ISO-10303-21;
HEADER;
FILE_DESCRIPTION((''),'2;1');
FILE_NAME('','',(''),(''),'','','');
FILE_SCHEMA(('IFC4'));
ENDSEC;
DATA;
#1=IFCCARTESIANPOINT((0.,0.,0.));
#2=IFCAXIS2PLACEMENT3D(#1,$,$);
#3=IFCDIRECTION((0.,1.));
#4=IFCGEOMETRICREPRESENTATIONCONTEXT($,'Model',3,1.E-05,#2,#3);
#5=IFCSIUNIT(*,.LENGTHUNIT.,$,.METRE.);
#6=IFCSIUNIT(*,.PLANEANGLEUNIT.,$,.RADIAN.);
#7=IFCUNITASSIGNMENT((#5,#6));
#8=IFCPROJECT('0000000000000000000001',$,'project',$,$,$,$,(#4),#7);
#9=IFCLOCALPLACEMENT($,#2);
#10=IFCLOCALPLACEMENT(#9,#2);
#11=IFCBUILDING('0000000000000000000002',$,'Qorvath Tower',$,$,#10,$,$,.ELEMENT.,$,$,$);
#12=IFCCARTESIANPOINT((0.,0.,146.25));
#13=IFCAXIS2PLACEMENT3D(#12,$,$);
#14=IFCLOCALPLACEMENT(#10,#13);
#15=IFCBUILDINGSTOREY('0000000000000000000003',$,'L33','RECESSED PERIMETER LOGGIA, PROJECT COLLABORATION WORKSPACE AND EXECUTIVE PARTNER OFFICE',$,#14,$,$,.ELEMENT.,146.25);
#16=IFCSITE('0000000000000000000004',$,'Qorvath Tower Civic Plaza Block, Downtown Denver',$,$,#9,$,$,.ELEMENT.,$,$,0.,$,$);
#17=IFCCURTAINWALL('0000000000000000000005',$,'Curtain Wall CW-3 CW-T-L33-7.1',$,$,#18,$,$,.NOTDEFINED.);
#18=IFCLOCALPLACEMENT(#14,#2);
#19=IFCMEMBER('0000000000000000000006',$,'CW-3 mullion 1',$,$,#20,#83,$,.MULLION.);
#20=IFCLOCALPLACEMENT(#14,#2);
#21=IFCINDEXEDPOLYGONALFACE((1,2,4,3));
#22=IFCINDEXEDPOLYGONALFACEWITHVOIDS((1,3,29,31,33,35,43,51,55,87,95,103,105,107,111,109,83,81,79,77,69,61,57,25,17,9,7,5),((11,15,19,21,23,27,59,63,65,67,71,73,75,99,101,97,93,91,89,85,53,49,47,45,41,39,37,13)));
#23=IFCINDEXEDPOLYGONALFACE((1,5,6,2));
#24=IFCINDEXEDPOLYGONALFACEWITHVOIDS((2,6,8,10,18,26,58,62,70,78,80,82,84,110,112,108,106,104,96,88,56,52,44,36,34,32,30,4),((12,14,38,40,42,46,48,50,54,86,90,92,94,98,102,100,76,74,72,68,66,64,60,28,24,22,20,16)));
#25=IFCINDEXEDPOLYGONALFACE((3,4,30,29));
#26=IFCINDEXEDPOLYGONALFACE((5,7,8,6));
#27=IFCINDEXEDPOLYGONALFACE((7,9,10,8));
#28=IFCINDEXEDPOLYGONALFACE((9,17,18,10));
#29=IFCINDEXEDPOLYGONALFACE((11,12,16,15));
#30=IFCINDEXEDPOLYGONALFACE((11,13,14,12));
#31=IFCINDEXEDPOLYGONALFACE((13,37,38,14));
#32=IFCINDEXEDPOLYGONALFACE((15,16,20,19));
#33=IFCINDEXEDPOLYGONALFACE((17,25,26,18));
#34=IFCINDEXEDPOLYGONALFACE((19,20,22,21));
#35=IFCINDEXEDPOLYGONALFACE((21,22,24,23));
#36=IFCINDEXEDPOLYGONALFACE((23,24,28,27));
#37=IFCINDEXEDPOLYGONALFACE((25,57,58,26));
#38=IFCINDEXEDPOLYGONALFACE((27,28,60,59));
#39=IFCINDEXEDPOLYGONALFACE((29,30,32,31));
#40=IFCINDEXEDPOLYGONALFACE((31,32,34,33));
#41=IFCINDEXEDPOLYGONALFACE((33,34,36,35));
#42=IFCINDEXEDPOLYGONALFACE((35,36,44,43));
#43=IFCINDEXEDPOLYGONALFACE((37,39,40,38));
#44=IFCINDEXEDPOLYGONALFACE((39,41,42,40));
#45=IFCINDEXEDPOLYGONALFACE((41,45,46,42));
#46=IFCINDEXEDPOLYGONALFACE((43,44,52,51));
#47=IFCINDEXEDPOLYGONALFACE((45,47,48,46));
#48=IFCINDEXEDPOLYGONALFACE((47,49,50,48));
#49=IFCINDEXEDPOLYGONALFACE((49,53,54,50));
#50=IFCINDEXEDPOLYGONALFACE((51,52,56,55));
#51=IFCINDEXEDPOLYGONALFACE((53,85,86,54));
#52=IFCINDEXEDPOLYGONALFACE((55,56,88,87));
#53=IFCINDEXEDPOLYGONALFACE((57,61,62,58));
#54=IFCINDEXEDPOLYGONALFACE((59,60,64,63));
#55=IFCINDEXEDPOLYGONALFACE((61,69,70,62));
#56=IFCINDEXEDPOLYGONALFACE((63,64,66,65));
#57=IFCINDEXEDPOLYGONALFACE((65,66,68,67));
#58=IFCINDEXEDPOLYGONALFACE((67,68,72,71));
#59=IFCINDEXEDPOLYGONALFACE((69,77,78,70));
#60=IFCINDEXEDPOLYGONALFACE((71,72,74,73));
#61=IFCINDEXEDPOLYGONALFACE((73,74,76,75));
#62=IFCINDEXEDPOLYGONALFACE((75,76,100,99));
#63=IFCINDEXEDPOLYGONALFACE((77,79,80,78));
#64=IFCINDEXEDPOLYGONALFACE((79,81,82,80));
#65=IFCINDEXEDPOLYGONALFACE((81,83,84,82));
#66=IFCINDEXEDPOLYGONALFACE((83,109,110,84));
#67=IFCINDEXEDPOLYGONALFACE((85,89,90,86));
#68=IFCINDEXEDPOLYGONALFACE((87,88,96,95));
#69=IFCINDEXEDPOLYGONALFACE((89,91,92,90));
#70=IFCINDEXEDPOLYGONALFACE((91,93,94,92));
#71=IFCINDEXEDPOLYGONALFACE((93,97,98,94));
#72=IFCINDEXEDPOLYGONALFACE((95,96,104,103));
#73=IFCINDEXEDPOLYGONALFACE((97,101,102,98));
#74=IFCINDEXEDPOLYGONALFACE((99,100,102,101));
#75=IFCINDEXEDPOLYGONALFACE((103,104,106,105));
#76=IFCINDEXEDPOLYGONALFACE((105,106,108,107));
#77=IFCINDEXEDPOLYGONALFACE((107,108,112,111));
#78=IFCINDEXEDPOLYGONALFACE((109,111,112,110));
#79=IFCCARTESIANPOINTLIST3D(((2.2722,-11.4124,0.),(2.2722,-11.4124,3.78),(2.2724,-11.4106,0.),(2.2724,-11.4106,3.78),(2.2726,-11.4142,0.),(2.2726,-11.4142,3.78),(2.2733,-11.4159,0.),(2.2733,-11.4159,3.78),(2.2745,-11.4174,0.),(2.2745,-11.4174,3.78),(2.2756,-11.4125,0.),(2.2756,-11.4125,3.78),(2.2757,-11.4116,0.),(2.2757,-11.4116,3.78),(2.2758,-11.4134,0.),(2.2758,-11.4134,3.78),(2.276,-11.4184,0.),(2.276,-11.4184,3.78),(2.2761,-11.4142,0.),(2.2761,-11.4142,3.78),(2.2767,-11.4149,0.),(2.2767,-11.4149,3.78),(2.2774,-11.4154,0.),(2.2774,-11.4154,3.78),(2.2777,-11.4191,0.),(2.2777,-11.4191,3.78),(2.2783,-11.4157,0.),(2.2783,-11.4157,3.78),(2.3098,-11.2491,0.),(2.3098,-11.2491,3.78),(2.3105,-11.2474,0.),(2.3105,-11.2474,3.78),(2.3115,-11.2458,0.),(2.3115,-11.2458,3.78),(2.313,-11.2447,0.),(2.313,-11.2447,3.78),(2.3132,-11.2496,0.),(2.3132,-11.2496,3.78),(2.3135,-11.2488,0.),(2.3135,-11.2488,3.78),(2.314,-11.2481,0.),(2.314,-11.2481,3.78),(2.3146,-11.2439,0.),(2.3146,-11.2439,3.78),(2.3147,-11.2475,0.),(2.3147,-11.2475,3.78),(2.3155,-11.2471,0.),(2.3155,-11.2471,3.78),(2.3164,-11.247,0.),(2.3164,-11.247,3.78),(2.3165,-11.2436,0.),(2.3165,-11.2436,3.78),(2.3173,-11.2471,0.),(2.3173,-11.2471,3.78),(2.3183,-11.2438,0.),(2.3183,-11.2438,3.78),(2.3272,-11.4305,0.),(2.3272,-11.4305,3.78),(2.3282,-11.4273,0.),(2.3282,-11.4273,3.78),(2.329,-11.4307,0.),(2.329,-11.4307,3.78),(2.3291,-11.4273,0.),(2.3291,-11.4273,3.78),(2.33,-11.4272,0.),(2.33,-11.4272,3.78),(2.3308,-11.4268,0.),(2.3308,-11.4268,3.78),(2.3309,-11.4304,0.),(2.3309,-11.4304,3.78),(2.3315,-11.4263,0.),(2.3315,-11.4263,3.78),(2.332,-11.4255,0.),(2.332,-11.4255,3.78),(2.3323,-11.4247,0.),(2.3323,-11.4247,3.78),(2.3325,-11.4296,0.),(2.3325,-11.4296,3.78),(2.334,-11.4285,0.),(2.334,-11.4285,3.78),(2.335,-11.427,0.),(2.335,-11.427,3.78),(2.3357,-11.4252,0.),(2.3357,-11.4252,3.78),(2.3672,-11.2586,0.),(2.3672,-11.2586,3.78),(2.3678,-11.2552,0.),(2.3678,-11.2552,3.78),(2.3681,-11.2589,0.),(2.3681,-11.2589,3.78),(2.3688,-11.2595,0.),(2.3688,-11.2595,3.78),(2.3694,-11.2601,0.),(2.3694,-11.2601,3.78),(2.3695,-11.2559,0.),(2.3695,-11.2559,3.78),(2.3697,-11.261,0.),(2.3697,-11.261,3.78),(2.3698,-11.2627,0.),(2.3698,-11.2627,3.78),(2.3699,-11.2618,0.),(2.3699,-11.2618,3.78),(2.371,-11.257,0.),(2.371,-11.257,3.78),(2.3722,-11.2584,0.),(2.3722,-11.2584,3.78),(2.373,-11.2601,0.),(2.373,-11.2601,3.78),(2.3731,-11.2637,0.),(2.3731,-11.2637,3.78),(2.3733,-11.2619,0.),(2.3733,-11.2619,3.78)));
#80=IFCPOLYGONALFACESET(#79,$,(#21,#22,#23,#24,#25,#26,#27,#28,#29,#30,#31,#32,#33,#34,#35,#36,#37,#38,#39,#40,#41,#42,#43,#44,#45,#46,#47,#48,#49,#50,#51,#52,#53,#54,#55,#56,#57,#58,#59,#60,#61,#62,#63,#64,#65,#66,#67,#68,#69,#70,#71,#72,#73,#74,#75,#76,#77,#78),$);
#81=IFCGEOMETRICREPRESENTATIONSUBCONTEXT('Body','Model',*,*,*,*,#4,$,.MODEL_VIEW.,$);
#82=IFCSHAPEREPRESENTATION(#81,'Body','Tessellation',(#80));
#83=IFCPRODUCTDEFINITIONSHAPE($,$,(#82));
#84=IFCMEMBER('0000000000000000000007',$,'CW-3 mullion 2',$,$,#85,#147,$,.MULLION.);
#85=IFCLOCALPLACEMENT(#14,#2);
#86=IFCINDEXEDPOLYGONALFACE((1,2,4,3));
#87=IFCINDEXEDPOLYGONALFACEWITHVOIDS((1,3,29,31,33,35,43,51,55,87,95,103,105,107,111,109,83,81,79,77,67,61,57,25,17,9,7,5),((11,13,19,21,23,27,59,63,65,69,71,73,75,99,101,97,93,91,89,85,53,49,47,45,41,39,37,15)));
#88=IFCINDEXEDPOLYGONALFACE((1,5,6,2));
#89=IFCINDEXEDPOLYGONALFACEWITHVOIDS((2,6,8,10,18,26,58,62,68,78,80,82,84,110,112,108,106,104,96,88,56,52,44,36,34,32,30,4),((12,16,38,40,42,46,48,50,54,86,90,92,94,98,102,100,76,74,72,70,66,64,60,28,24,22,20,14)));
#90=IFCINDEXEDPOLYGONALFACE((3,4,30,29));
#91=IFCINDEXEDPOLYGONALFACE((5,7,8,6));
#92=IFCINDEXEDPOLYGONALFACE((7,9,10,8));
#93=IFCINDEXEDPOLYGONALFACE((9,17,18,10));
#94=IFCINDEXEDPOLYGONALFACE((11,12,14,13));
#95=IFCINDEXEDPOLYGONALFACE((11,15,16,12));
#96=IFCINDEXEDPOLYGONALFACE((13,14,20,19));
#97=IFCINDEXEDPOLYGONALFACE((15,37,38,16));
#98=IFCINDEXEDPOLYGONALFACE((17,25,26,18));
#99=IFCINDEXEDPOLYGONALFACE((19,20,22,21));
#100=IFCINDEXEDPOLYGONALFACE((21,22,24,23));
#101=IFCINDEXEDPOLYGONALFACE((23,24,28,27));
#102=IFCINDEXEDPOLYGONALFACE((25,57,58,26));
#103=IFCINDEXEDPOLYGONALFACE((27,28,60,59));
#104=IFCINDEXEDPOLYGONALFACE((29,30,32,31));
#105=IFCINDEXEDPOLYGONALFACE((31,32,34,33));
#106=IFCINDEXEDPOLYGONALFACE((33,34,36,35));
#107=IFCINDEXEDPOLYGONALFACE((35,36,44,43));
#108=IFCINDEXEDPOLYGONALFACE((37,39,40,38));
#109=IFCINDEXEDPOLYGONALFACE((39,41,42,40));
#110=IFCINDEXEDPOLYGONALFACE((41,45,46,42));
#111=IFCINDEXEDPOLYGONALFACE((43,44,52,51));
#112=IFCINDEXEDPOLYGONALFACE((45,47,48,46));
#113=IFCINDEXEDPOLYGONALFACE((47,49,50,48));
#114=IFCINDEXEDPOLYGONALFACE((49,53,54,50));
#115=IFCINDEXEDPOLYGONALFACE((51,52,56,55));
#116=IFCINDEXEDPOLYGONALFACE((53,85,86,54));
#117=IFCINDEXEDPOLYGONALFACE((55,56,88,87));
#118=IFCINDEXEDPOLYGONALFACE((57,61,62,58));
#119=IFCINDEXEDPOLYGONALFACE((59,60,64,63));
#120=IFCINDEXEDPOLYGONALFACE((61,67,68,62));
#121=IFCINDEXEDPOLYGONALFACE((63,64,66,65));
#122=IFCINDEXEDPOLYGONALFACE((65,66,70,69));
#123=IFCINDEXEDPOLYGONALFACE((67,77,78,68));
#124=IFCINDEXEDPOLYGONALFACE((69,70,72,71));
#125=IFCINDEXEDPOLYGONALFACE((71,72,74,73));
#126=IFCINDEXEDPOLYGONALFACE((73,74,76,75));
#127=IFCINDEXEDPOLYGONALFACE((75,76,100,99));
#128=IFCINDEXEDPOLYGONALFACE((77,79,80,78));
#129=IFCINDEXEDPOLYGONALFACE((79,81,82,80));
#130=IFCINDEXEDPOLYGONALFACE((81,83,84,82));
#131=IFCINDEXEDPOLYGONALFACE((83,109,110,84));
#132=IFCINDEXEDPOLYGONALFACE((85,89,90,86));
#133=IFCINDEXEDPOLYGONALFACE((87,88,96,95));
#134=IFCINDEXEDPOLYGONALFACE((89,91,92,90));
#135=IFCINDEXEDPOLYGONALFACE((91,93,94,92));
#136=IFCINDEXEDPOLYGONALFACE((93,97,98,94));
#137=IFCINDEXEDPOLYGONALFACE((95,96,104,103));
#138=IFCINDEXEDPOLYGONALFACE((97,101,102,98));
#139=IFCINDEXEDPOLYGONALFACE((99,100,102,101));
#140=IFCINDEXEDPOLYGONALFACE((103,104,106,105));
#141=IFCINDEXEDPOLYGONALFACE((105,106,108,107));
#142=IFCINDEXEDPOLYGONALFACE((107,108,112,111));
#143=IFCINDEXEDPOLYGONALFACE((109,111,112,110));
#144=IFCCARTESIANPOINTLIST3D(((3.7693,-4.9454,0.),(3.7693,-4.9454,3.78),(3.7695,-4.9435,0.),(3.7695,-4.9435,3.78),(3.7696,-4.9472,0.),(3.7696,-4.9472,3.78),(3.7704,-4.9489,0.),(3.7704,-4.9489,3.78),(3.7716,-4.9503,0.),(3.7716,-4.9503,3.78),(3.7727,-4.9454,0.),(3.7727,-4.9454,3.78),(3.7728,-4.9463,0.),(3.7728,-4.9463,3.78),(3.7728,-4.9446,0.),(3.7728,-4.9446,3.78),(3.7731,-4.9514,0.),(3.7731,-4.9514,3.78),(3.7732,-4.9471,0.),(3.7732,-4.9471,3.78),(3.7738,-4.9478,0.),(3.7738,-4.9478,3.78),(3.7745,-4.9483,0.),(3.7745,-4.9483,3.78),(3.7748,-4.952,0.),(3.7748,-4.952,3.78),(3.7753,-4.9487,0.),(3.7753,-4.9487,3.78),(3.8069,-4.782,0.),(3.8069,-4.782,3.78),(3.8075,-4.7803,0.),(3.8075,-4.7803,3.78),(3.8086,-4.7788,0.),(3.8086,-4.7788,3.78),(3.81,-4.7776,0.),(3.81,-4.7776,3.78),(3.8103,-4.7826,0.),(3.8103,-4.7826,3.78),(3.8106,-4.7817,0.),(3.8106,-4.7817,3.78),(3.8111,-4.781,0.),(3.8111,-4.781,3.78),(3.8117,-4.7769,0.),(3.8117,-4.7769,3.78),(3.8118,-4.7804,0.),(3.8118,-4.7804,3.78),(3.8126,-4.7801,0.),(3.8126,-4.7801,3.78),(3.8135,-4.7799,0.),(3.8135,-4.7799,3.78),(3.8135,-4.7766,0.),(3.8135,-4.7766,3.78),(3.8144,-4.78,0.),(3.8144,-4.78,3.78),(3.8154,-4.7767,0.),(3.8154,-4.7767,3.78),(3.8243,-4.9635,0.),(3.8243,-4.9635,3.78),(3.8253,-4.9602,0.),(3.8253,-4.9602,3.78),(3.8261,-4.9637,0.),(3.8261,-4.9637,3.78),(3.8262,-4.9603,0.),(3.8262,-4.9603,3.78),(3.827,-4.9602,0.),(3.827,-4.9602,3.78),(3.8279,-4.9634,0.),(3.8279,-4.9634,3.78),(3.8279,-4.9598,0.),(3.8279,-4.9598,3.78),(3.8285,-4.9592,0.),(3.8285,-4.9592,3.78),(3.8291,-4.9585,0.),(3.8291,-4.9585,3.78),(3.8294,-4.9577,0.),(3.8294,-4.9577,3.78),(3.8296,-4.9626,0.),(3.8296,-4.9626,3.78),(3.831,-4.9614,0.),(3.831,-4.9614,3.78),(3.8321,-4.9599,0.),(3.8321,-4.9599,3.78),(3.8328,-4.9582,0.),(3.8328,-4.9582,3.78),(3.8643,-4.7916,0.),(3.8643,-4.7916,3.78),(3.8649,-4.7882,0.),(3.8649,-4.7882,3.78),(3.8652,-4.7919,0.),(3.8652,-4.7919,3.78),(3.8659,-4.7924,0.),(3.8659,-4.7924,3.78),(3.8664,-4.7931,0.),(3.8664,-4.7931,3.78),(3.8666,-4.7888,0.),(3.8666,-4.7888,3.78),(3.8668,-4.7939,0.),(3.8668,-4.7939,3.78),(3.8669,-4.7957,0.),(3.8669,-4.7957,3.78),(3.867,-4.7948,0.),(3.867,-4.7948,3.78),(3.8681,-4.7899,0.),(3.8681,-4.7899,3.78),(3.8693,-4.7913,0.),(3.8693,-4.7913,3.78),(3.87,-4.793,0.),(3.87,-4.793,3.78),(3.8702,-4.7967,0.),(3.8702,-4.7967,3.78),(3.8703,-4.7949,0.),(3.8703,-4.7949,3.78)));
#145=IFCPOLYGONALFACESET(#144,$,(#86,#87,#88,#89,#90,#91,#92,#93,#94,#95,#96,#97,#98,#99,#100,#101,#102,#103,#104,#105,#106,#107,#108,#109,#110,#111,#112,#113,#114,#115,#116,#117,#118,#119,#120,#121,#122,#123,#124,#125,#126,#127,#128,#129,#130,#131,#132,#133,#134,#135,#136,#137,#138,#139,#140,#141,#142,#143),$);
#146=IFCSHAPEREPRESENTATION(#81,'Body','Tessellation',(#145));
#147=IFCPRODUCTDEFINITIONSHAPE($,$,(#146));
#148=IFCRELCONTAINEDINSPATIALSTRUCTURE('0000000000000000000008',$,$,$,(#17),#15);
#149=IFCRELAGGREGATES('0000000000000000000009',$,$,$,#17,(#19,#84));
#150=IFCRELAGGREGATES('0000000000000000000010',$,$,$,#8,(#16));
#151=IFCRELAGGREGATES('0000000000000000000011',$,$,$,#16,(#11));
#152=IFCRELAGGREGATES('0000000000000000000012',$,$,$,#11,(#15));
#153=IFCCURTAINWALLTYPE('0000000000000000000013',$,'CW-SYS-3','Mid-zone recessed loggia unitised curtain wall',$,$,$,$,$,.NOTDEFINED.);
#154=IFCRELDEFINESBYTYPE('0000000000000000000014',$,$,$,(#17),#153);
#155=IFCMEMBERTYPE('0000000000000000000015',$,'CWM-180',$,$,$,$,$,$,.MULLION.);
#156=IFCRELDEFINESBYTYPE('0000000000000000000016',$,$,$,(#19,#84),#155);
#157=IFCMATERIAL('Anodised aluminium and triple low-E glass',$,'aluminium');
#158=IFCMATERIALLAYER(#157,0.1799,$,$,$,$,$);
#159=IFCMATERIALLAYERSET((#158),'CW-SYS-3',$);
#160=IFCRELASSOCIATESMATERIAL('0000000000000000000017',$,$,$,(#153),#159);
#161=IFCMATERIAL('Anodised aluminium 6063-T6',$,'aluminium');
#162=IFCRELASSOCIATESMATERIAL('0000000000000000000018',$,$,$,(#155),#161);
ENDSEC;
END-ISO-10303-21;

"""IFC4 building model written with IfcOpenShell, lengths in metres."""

from ifc_helpers import new_model, si_unit, direction, frame, origin, origin_2d, place, context, subcontext, project, spatial, hollow_rectangle, extrude, material, layer, layer_set, material_profile, profile_set, type_object, element, aggregate, save


model = new_model("IFC4")

# Units and contexts
model_context = context("Model", 3, precision=1e-05, world=origin(), true_north=direction((0.0, 1.0)))
body_context = subcontext(model_context, "Body", "Model", "MODEL_VIEW")
ifc_project = project(units=[si_unit("LENGTHUNIT", "METRE"), si_unit("PLANEANGLEUNIT", "RADIAN")], contexts=[model_context])

# Site, building, storey
site_placement = place(None, origin())
site = spatial("IfcSite", under=ifc_project, at=site_placement, Name="Qorvath Tower Civic Plaza Block, Downtown Denver", CompositionType="ELEMENT", RefElevation=0.0)
building_placement = place(site_placement, origin())
building = spatial("IfcBuilding", under=site, at=building_placement, Name="Qorvath Tower", CompositionType="ELEMENT")
storey_placement = place(building_placement, frame((0.0, 0.0, 146.25)))
storey = spatial("IfcBuildingStorey", under=building, at=storey_placement, Name="L33", Description="RECESSED PERIMETER LOGGIA, PROJECT COLLABORATION WORKSPACE AND EXECUTIVE PARTNER OFFICE", CompositionType="ELEMENT", Elevation=146.25)

# Curtain wall, members
ifc_material_1 = material(Name="Anodised aluminium and triple low-E glass", Category="aluminium")
ifc_layer_1 = layer(ifc_material_1, 0.1799)
ifc_layer_set_1 = layer_set([ifc_layer_1], Name="CW-SYS-3")
curtain_wall_type = type_object("IfcCurtainWallType", Name="CW-SYS-3", Description="Mid-zone recessed loggia unitised curtain wall", PredefinedType="NOTDEFINED", material=ifc_layer_set_1)
ifc_material_2 = material(Name="Anodised aluminium 6063-T6", Category="aluminium")
ifc_material_profile_1 = material_profile(ifc_material_2, hollow_rectangle(XDim=0.0649, YDim=0.1799, WallThickness=0.0034, InnerFilletRadius=0.0034, OuterFilletRadius=0.0071, at=origin_2d()), Name="CWM 180x65")
ifc_profile_set_1 = profile_set([ifc_material_profile_1], Name="Anodised aluminium 6063-T6")
member_type_1 = type_object("IfcMemberType", Name="CWM-180", PredefinedType="MULLION", material=ifc_profile_set_1)
curtain_wall_1_placement = place(storey_placement, origin())
curtain_wall_1 = element("IfcCurtainWall", 1, at=curtain_wall_1_placement, inside=storey, type_object=curtain_wall_type, Name="Curtain Wall CW-3 CW-T-L33-7.1", PredefinedType="NOTDEFINED")
member_1_placement = place(storey_placement, frame((2.3228, -11.3372, 0.0), z_axis=(0.0, 0.0, 1.0), x_axis=(-0.974237, 0.225526, 0.0)))
member_1 = element("IfcMember", 2, at=member_1_placement, type_object=member_type_1, Name="CW-3 mullion 1", PredefinedType="MULLION", context=body_context, shape_type="SweptSolid", body=[
    extrude(hollow_rectangle(XDim=0.0649, YDim=0.1799, WallThickness=0.0034, InnerFilletRadius=0.0034, OuterFilletRadius=0.0071, at=origin_2d()), origin(), (0.0, 0.0, 1.0), 3.78),
])
member_2_placement = place(storey_placement, frame((3.8198, -4.8701, 0.0), z_axis=(0.0, 0.0, 1.0), x_axis=(-0.974237, 0.225526, 0.0)))
member_2 = element("IfcMember", 3, at=member_2_placement, type_object=member_type_1, Name="CW-3 mullion 2", PredefinedType="MULLION", context=body_context, shape_type="SweptSolid", body=[
    extrude(hollow_rectangle(XDim=0.0649, YDim=0.1799, WallThickness=0.0034, InnerFilletRadius=0.0034, OuterFilletRadius=0.0071, at=origin_2d()), origin(), (0.0, 0.0, 1.0), 3.78),
])

aggregate(curtain_wall_1, [member_1, member_2])

save(model, "model.ifc")
